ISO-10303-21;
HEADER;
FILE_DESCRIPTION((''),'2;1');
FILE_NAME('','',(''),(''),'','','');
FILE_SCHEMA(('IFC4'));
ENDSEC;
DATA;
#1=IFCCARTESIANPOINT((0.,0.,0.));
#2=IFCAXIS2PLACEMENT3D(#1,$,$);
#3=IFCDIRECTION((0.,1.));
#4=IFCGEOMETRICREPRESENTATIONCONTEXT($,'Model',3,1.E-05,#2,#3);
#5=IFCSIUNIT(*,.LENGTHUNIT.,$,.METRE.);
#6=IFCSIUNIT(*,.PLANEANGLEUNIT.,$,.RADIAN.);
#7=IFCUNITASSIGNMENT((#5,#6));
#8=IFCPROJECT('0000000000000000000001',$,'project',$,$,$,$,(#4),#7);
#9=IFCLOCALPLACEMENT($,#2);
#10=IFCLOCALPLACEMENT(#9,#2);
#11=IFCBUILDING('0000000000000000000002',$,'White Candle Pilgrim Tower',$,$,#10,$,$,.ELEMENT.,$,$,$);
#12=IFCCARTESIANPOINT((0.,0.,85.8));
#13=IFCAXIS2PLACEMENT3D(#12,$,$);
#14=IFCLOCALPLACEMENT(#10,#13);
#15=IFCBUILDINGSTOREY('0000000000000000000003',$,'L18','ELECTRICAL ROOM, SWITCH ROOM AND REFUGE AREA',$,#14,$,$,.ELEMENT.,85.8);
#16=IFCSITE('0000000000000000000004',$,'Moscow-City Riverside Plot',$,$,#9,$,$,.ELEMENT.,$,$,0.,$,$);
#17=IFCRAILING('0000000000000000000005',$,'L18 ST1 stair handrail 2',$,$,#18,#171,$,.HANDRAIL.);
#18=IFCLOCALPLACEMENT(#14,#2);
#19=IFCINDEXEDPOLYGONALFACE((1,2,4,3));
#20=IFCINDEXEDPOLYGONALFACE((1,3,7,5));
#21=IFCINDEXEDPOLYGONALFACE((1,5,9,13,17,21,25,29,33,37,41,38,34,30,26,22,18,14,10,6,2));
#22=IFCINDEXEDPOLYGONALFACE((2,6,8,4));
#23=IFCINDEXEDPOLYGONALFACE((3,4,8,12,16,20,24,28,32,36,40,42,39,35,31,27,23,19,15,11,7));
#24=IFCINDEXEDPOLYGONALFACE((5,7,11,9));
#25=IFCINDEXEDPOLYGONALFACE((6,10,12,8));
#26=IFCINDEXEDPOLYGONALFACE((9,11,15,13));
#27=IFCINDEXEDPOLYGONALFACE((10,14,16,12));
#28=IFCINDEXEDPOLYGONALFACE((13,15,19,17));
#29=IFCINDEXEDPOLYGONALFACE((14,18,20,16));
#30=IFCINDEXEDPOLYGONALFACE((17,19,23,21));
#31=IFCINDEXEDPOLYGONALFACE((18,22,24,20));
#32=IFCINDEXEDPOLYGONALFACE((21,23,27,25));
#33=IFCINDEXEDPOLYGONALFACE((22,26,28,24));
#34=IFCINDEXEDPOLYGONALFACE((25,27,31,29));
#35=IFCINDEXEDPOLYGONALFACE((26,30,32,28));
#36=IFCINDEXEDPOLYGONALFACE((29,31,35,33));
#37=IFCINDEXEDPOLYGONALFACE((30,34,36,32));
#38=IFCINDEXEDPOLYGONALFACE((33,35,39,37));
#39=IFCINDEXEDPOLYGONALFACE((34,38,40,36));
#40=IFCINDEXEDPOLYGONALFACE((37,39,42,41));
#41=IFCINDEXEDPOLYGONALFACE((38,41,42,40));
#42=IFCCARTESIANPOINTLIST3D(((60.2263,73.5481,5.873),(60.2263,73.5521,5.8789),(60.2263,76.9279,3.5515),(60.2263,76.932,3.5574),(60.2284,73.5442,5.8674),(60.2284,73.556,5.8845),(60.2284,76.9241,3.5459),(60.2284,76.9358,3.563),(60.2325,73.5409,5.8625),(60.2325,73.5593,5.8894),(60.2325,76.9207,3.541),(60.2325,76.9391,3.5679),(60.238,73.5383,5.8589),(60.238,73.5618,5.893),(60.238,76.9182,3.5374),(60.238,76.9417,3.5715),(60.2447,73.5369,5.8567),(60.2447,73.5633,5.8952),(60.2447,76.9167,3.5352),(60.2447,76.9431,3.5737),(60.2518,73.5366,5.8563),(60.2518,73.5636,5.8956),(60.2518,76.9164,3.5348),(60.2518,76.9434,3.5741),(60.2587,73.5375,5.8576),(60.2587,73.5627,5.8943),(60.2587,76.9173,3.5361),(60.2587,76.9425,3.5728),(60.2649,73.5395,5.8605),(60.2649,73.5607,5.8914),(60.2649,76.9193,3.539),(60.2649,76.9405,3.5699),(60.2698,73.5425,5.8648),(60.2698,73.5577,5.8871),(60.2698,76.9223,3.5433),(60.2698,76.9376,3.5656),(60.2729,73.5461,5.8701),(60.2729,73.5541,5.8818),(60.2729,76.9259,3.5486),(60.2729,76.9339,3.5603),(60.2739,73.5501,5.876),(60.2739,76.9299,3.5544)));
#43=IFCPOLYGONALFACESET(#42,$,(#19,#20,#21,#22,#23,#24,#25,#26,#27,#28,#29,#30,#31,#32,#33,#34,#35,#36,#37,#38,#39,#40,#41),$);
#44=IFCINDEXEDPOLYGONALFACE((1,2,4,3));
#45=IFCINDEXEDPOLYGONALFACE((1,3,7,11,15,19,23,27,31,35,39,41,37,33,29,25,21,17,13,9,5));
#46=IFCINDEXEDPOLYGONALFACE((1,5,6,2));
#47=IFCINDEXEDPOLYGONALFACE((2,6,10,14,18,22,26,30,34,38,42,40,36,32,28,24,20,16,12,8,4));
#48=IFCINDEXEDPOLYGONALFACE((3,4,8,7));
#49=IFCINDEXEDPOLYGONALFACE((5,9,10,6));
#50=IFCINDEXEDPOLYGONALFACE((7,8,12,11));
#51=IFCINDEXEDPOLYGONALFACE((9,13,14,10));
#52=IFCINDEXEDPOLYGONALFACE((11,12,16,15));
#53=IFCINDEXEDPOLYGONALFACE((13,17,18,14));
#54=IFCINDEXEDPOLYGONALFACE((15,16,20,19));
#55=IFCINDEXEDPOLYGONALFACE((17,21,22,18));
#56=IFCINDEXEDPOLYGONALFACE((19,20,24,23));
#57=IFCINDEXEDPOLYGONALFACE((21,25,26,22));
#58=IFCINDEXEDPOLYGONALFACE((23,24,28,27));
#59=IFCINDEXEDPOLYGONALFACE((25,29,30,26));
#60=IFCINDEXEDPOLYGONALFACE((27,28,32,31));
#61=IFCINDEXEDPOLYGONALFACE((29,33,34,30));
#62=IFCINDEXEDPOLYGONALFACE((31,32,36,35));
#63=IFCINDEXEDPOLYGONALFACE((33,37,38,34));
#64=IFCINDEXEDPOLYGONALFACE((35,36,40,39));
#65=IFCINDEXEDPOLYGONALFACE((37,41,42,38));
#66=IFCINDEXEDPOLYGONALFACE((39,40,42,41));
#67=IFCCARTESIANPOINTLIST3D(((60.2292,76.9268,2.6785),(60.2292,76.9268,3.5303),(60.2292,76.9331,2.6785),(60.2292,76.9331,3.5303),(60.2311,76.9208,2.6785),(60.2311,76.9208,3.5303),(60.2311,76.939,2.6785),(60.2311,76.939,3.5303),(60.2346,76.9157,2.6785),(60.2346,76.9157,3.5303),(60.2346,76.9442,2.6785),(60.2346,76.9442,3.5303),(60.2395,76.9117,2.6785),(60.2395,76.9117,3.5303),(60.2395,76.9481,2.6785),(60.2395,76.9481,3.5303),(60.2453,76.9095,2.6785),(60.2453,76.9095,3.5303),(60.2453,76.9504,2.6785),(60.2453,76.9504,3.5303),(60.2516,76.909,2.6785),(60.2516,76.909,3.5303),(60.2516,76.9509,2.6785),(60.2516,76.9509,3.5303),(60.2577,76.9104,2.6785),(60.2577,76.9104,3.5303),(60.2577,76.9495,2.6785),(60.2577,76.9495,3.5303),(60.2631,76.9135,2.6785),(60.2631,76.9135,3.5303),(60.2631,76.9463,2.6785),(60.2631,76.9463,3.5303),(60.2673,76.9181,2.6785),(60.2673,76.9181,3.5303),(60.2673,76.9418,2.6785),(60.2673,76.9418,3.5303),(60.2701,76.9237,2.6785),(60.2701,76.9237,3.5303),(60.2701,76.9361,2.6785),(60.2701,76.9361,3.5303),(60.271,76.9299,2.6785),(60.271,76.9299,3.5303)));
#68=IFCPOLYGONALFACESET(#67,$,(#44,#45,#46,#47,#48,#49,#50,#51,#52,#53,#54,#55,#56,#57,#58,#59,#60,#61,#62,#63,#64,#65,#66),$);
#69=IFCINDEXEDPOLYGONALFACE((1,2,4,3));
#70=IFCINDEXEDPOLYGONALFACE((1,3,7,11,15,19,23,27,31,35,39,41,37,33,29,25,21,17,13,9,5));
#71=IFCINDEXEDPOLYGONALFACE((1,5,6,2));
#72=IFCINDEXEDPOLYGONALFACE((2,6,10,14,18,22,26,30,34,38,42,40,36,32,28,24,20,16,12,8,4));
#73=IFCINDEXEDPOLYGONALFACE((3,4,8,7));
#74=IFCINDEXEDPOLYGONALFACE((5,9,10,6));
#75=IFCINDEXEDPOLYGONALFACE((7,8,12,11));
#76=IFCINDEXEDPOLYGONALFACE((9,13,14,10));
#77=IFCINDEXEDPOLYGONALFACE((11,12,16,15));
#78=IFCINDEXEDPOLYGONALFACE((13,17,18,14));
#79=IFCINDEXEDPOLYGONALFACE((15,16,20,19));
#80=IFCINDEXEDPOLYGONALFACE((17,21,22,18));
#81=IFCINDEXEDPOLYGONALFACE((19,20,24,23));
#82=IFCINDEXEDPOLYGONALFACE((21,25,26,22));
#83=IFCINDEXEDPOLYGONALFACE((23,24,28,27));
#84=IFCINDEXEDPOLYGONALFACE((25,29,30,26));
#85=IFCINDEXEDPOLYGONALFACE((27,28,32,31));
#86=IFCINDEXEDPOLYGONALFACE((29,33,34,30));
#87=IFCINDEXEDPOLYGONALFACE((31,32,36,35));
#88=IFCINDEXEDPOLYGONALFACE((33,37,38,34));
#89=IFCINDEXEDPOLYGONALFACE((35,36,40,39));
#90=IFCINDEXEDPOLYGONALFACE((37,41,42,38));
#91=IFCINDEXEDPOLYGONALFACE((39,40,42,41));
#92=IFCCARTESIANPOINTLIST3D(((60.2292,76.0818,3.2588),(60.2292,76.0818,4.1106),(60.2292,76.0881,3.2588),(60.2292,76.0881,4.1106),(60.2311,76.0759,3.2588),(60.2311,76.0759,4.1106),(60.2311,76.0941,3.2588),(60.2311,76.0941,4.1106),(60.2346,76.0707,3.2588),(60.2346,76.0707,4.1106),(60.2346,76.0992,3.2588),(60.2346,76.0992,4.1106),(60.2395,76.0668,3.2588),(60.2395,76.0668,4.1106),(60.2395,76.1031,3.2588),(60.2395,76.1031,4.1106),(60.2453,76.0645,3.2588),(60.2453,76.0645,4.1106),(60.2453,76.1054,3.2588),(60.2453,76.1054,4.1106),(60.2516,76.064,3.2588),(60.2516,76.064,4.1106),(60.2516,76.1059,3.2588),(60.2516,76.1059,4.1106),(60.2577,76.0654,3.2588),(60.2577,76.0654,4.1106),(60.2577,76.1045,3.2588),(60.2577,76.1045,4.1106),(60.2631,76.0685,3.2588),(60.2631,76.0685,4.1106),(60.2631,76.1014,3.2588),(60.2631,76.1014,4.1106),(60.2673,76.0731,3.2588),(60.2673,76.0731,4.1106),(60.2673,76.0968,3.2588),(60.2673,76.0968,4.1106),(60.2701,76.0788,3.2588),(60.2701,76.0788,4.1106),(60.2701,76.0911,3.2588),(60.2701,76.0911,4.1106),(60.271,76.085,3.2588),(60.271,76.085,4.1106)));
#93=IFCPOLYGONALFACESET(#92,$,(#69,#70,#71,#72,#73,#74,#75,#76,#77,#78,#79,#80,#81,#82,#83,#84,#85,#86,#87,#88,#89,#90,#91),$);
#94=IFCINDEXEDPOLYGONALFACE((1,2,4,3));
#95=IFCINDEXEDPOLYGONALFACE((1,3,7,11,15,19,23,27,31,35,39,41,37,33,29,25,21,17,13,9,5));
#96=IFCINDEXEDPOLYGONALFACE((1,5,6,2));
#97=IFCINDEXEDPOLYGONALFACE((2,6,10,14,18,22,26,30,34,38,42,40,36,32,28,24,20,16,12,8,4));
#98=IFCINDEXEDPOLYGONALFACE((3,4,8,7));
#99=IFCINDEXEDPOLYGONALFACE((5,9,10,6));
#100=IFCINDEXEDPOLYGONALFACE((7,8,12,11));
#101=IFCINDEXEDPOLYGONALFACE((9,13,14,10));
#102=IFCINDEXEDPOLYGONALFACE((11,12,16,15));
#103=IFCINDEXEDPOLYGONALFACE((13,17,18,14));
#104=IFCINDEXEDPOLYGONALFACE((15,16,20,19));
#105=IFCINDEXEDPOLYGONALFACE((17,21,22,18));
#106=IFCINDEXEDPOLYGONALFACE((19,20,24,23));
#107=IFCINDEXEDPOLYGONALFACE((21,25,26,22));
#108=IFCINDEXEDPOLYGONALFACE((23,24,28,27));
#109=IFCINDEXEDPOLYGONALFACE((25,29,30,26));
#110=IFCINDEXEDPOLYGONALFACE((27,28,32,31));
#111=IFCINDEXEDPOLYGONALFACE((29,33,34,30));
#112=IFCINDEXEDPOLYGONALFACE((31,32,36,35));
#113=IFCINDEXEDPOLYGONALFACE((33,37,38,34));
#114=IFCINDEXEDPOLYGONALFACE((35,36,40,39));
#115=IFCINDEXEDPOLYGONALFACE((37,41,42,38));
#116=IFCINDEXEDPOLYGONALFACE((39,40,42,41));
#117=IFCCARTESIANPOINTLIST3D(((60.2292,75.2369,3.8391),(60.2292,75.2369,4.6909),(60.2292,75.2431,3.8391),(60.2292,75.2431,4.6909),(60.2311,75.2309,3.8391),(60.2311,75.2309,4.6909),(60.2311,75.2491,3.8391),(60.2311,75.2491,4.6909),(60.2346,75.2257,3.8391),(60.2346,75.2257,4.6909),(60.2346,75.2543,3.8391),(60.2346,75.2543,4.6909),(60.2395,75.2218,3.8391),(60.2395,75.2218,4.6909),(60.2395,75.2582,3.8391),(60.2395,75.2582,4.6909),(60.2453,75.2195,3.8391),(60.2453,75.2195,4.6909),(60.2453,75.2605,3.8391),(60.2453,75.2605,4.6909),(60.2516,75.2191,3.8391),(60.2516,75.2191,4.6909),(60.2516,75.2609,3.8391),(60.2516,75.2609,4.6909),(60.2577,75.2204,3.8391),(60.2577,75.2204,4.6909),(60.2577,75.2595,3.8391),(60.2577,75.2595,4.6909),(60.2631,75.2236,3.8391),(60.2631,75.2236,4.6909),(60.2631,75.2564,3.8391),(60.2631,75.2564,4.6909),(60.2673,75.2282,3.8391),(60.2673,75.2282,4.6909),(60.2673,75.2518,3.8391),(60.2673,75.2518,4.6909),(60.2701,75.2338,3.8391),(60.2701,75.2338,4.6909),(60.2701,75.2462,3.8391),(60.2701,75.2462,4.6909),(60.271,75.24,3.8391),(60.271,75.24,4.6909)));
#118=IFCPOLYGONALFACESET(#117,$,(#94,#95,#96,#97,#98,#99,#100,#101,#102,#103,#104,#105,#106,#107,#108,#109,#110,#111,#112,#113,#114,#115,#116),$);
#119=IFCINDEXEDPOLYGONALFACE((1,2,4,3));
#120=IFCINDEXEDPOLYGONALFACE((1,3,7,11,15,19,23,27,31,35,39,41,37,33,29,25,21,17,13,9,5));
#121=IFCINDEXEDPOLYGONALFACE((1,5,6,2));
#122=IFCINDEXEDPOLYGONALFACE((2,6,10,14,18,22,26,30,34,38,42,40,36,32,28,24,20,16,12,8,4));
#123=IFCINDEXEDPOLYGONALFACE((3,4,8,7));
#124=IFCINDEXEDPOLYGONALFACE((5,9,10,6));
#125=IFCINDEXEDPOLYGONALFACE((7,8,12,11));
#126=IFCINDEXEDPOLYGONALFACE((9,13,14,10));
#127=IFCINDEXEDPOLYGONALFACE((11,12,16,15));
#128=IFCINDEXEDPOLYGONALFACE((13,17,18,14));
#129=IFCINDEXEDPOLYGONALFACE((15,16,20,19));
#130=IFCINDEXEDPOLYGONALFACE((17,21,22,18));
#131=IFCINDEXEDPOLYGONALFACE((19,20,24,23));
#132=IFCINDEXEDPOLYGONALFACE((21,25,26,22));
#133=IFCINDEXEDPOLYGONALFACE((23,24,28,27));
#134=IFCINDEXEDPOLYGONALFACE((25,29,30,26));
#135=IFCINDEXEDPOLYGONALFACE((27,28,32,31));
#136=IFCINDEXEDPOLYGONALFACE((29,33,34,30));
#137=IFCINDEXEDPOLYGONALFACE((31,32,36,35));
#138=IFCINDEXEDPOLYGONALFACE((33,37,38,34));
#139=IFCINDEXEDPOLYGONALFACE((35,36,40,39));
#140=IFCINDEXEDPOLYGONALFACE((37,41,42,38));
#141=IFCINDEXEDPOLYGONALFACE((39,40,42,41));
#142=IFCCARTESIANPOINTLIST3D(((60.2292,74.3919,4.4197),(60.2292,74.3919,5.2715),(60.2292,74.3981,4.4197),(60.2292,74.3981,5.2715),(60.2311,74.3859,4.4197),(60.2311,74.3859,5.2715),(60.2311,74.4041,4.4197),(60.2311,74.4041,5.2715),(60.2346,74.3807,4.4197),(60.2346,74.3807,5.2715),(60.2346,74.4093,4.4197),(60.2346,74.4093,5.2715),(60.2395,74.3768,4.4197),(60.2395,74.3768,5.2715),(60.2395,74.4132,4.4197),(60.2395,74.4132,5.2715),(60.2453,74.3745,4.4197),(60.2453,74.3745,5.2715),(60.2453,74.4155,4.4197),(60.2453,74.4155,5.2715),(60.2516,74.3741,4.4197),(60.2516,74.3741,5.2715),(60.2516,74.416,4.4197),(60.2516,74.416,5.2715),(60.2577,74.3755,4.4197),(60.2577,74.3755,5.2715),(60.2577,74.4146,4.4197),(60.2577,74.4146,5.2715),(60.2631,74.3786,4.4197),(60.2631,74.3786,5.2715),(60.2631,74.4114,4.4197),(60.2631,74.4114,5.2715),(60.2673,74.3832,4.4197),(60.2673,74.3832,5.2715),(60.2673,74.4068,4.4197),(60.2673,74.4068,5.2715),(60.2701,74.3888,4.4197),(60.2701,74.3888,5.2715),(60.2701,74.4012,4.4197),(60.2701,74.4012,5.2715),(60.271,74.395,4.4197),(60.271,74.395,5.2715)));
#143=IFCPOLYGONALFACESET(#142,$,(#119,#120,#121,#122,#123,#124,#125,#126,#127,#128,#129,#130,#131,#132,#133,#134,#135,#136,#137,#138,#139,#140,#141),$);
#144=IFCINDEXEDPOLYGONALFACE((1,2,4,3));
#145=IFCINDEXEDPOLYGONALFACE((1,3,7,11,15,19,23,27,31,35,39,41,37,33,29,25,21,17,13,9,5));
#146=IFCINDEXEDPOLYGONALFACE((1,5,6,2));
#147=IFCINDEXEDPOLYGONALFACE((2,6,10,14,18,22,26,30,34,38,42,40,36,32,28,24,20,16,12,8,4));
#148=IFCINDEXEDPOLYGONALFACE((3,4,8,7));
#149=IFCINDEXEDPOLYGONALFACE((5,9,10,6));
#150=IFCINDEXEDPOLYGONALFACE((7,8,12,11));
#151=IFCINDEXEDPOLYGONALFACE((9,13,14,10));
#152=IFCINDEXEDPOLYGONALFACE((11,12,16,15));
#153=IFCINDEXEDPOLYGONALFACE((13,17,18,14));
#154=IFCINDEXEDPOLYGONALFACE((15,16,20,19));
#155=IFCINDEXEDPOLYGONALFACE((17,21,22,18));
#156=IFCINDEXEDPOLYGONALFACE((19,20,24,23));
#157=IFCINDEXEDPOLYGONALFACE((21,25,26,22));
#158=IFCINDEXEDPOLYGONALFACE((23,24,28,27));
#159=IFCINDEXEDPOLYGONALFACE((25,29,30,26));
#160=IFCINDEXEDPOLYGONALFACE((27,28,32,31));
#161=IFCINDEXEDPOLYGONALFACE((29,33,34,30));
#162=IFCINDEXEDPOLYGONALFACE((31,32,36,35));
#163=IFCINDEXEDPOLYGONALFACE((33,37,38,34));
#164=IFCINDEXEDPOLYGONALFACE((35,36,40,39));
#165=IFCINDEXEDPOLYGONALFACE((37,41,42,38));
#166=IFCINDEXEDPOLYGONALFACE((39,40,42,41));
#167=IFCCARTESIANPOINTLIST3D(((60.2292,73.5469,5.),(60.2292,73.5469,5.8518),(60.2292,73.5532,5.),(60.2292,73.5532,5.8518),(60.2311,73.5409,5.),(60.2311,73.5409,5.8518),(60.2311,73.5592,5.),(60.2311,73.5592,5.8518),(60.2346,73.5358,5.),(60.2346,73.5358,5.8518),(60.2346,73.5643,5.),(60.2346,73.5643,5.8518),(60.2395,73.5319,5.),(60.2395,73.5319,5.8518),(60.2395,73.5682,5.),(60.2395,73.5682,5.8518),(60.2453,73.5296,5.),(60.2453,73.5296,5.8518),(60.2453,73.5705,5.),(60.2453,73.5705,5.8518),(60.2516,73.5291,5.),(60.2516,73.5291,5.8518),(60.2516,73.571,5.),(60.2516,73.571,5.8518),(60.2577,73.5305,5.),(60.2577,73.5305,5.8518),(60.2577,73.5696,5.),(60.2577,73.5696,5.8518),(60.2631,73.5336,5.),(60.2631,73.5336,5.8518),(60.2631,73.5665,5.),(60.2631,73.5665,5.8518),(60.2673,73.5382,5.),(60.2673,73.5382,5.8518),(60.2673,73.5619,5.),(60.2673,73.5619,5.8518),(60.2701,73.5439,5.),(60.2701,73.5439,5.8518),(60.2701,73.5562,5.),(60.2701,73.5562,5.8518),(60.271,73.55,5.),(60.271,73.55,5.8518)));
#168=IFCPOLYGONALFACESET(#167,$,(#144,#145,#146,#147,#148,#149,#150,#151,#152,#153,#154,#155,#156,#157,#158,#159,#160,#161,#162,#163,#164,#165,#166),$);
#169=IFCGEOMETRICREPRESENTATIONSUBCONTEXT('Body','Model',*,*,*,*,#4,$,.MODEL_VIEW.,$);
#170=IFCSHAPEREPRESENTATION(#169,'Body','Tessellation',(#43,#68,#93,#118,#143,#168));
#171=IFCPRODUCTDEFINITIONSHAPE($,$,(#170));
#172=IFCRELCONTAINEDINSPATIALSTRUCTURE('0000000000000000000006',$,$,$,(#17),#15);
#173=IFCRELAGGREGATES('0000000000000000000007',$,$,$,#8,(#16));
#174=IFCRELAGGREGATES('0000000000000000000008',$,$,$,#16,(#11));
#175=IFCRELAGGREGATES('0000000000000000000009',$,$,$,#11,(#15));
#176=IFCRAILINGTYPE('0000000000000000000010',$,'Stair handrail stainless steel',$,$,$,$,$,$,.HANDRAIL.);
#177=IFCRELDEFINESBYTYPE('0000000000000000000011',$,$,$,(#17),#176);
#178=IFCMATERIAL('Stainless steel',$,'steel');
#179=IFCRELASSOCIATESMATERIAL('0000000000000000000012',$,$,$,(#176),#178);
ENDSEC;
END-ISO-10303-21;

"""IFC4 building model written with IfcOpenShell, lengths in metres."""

from ifc_helpers import new_model, si_unit, direction, frame, origin, origin_2d, place, context, subcontext, project, spatial, circle, extrude, material, type_object, element, save


model = new_model("IFC4")

# Units and contexts
model_context = context("Model", 3, precision=1e-05, world=origin(), true_north=direction((0.0, 1.0)))
body_context = subcontext(model_context, "Body", "Model", "MODEL_VIEW")
ifc_project = project(units=[si_unit("LENGTHUNIT", "METRE"), si_unit("PLANEANGLEUNIT", "RADIAN")], contexts=[model_context])

# Site, building, storey
site_placement = place(None, origin())
site = spatial("IfcSite", under=ifc_project, at=site_placement, Name="Moscow-City Riverside Plot", CompositionType="ELEMENT", RefElevation=0.0)
building_placement = place(site_placement, origin())
building = spatial("IfcBuilding", under=site, at=building_placement, Name="White Candle Pilgrim Tower", CompositionType="ELEMENT")
storey_placement = place(building_placement, frame((0.0, 0.0, 85.8)))
storey = spatial("IfcBuildingStorey", under=building, at=storey_placement, Name="L18", Description="ELECTRICAL ROOM, SWITCH ROOM AND REFUGE AREA", CompositionType="ELEMENT", Elevation=85.8)

# Shared definitions
ifc_material_1 = material(Name="Stainless steel", Category="steel")

# Railing
railing_type_1 = type_object("IfcRailingType", Name="Stair handrail stainless steel", PredefinedType="HANDRAIL", material=ifc_material_1)
railing_1_placement = place(storey_placement, frame((60.25, 76.9299, 2.6785)))
element("IfcRailing", 1, at=railing_1_placement, inside=storey, type_object=railing_type_1, Name="L18 ST1 stair handrail 2", PredefinedType="HANDRAIL", context=body_context, shape_type="SweptSolid", body=[
    extrude(circle(Radius=0.0239, at=origin_2d()), frame((0.0, 0.0, 0.876), z_axis=(0.0, -0.824285, 0.566175), x_axis=(1.0, 0.0, 0.0)), (0.0, 0.0, 1.0), 4.1003),
    extrude(circle(Radius=0.021, at=origin_2d()), origin(), (0.0, 0.0, 1.0), 0.8518),
    extrude(circle(Radius=0.021, at=origin_2d()), frame((0.0, -0.845, 0.5803)), (0.0, 0.0, 1.0), 0.8518),
    extrude(circle(Radius=0.021, at=origin_2d()), frame((0.0, -1.6899, 1.1606)), (0.0, 0.0, 1.0), 0.8518),
    extrude(circle(Radius=0.021, at=origin_2d()), frame((0.0, -2.5349, 1.7412)), (0.0, 0.0, 1.0), 0.8518),
    extrude(circle(Radius=0.021, at=origin_2d()), frame((0.0, -3.3799, 2.3215)), (0.0, 0.0, 1.0), 0.8518),
])

save(model, "model.ifc")
